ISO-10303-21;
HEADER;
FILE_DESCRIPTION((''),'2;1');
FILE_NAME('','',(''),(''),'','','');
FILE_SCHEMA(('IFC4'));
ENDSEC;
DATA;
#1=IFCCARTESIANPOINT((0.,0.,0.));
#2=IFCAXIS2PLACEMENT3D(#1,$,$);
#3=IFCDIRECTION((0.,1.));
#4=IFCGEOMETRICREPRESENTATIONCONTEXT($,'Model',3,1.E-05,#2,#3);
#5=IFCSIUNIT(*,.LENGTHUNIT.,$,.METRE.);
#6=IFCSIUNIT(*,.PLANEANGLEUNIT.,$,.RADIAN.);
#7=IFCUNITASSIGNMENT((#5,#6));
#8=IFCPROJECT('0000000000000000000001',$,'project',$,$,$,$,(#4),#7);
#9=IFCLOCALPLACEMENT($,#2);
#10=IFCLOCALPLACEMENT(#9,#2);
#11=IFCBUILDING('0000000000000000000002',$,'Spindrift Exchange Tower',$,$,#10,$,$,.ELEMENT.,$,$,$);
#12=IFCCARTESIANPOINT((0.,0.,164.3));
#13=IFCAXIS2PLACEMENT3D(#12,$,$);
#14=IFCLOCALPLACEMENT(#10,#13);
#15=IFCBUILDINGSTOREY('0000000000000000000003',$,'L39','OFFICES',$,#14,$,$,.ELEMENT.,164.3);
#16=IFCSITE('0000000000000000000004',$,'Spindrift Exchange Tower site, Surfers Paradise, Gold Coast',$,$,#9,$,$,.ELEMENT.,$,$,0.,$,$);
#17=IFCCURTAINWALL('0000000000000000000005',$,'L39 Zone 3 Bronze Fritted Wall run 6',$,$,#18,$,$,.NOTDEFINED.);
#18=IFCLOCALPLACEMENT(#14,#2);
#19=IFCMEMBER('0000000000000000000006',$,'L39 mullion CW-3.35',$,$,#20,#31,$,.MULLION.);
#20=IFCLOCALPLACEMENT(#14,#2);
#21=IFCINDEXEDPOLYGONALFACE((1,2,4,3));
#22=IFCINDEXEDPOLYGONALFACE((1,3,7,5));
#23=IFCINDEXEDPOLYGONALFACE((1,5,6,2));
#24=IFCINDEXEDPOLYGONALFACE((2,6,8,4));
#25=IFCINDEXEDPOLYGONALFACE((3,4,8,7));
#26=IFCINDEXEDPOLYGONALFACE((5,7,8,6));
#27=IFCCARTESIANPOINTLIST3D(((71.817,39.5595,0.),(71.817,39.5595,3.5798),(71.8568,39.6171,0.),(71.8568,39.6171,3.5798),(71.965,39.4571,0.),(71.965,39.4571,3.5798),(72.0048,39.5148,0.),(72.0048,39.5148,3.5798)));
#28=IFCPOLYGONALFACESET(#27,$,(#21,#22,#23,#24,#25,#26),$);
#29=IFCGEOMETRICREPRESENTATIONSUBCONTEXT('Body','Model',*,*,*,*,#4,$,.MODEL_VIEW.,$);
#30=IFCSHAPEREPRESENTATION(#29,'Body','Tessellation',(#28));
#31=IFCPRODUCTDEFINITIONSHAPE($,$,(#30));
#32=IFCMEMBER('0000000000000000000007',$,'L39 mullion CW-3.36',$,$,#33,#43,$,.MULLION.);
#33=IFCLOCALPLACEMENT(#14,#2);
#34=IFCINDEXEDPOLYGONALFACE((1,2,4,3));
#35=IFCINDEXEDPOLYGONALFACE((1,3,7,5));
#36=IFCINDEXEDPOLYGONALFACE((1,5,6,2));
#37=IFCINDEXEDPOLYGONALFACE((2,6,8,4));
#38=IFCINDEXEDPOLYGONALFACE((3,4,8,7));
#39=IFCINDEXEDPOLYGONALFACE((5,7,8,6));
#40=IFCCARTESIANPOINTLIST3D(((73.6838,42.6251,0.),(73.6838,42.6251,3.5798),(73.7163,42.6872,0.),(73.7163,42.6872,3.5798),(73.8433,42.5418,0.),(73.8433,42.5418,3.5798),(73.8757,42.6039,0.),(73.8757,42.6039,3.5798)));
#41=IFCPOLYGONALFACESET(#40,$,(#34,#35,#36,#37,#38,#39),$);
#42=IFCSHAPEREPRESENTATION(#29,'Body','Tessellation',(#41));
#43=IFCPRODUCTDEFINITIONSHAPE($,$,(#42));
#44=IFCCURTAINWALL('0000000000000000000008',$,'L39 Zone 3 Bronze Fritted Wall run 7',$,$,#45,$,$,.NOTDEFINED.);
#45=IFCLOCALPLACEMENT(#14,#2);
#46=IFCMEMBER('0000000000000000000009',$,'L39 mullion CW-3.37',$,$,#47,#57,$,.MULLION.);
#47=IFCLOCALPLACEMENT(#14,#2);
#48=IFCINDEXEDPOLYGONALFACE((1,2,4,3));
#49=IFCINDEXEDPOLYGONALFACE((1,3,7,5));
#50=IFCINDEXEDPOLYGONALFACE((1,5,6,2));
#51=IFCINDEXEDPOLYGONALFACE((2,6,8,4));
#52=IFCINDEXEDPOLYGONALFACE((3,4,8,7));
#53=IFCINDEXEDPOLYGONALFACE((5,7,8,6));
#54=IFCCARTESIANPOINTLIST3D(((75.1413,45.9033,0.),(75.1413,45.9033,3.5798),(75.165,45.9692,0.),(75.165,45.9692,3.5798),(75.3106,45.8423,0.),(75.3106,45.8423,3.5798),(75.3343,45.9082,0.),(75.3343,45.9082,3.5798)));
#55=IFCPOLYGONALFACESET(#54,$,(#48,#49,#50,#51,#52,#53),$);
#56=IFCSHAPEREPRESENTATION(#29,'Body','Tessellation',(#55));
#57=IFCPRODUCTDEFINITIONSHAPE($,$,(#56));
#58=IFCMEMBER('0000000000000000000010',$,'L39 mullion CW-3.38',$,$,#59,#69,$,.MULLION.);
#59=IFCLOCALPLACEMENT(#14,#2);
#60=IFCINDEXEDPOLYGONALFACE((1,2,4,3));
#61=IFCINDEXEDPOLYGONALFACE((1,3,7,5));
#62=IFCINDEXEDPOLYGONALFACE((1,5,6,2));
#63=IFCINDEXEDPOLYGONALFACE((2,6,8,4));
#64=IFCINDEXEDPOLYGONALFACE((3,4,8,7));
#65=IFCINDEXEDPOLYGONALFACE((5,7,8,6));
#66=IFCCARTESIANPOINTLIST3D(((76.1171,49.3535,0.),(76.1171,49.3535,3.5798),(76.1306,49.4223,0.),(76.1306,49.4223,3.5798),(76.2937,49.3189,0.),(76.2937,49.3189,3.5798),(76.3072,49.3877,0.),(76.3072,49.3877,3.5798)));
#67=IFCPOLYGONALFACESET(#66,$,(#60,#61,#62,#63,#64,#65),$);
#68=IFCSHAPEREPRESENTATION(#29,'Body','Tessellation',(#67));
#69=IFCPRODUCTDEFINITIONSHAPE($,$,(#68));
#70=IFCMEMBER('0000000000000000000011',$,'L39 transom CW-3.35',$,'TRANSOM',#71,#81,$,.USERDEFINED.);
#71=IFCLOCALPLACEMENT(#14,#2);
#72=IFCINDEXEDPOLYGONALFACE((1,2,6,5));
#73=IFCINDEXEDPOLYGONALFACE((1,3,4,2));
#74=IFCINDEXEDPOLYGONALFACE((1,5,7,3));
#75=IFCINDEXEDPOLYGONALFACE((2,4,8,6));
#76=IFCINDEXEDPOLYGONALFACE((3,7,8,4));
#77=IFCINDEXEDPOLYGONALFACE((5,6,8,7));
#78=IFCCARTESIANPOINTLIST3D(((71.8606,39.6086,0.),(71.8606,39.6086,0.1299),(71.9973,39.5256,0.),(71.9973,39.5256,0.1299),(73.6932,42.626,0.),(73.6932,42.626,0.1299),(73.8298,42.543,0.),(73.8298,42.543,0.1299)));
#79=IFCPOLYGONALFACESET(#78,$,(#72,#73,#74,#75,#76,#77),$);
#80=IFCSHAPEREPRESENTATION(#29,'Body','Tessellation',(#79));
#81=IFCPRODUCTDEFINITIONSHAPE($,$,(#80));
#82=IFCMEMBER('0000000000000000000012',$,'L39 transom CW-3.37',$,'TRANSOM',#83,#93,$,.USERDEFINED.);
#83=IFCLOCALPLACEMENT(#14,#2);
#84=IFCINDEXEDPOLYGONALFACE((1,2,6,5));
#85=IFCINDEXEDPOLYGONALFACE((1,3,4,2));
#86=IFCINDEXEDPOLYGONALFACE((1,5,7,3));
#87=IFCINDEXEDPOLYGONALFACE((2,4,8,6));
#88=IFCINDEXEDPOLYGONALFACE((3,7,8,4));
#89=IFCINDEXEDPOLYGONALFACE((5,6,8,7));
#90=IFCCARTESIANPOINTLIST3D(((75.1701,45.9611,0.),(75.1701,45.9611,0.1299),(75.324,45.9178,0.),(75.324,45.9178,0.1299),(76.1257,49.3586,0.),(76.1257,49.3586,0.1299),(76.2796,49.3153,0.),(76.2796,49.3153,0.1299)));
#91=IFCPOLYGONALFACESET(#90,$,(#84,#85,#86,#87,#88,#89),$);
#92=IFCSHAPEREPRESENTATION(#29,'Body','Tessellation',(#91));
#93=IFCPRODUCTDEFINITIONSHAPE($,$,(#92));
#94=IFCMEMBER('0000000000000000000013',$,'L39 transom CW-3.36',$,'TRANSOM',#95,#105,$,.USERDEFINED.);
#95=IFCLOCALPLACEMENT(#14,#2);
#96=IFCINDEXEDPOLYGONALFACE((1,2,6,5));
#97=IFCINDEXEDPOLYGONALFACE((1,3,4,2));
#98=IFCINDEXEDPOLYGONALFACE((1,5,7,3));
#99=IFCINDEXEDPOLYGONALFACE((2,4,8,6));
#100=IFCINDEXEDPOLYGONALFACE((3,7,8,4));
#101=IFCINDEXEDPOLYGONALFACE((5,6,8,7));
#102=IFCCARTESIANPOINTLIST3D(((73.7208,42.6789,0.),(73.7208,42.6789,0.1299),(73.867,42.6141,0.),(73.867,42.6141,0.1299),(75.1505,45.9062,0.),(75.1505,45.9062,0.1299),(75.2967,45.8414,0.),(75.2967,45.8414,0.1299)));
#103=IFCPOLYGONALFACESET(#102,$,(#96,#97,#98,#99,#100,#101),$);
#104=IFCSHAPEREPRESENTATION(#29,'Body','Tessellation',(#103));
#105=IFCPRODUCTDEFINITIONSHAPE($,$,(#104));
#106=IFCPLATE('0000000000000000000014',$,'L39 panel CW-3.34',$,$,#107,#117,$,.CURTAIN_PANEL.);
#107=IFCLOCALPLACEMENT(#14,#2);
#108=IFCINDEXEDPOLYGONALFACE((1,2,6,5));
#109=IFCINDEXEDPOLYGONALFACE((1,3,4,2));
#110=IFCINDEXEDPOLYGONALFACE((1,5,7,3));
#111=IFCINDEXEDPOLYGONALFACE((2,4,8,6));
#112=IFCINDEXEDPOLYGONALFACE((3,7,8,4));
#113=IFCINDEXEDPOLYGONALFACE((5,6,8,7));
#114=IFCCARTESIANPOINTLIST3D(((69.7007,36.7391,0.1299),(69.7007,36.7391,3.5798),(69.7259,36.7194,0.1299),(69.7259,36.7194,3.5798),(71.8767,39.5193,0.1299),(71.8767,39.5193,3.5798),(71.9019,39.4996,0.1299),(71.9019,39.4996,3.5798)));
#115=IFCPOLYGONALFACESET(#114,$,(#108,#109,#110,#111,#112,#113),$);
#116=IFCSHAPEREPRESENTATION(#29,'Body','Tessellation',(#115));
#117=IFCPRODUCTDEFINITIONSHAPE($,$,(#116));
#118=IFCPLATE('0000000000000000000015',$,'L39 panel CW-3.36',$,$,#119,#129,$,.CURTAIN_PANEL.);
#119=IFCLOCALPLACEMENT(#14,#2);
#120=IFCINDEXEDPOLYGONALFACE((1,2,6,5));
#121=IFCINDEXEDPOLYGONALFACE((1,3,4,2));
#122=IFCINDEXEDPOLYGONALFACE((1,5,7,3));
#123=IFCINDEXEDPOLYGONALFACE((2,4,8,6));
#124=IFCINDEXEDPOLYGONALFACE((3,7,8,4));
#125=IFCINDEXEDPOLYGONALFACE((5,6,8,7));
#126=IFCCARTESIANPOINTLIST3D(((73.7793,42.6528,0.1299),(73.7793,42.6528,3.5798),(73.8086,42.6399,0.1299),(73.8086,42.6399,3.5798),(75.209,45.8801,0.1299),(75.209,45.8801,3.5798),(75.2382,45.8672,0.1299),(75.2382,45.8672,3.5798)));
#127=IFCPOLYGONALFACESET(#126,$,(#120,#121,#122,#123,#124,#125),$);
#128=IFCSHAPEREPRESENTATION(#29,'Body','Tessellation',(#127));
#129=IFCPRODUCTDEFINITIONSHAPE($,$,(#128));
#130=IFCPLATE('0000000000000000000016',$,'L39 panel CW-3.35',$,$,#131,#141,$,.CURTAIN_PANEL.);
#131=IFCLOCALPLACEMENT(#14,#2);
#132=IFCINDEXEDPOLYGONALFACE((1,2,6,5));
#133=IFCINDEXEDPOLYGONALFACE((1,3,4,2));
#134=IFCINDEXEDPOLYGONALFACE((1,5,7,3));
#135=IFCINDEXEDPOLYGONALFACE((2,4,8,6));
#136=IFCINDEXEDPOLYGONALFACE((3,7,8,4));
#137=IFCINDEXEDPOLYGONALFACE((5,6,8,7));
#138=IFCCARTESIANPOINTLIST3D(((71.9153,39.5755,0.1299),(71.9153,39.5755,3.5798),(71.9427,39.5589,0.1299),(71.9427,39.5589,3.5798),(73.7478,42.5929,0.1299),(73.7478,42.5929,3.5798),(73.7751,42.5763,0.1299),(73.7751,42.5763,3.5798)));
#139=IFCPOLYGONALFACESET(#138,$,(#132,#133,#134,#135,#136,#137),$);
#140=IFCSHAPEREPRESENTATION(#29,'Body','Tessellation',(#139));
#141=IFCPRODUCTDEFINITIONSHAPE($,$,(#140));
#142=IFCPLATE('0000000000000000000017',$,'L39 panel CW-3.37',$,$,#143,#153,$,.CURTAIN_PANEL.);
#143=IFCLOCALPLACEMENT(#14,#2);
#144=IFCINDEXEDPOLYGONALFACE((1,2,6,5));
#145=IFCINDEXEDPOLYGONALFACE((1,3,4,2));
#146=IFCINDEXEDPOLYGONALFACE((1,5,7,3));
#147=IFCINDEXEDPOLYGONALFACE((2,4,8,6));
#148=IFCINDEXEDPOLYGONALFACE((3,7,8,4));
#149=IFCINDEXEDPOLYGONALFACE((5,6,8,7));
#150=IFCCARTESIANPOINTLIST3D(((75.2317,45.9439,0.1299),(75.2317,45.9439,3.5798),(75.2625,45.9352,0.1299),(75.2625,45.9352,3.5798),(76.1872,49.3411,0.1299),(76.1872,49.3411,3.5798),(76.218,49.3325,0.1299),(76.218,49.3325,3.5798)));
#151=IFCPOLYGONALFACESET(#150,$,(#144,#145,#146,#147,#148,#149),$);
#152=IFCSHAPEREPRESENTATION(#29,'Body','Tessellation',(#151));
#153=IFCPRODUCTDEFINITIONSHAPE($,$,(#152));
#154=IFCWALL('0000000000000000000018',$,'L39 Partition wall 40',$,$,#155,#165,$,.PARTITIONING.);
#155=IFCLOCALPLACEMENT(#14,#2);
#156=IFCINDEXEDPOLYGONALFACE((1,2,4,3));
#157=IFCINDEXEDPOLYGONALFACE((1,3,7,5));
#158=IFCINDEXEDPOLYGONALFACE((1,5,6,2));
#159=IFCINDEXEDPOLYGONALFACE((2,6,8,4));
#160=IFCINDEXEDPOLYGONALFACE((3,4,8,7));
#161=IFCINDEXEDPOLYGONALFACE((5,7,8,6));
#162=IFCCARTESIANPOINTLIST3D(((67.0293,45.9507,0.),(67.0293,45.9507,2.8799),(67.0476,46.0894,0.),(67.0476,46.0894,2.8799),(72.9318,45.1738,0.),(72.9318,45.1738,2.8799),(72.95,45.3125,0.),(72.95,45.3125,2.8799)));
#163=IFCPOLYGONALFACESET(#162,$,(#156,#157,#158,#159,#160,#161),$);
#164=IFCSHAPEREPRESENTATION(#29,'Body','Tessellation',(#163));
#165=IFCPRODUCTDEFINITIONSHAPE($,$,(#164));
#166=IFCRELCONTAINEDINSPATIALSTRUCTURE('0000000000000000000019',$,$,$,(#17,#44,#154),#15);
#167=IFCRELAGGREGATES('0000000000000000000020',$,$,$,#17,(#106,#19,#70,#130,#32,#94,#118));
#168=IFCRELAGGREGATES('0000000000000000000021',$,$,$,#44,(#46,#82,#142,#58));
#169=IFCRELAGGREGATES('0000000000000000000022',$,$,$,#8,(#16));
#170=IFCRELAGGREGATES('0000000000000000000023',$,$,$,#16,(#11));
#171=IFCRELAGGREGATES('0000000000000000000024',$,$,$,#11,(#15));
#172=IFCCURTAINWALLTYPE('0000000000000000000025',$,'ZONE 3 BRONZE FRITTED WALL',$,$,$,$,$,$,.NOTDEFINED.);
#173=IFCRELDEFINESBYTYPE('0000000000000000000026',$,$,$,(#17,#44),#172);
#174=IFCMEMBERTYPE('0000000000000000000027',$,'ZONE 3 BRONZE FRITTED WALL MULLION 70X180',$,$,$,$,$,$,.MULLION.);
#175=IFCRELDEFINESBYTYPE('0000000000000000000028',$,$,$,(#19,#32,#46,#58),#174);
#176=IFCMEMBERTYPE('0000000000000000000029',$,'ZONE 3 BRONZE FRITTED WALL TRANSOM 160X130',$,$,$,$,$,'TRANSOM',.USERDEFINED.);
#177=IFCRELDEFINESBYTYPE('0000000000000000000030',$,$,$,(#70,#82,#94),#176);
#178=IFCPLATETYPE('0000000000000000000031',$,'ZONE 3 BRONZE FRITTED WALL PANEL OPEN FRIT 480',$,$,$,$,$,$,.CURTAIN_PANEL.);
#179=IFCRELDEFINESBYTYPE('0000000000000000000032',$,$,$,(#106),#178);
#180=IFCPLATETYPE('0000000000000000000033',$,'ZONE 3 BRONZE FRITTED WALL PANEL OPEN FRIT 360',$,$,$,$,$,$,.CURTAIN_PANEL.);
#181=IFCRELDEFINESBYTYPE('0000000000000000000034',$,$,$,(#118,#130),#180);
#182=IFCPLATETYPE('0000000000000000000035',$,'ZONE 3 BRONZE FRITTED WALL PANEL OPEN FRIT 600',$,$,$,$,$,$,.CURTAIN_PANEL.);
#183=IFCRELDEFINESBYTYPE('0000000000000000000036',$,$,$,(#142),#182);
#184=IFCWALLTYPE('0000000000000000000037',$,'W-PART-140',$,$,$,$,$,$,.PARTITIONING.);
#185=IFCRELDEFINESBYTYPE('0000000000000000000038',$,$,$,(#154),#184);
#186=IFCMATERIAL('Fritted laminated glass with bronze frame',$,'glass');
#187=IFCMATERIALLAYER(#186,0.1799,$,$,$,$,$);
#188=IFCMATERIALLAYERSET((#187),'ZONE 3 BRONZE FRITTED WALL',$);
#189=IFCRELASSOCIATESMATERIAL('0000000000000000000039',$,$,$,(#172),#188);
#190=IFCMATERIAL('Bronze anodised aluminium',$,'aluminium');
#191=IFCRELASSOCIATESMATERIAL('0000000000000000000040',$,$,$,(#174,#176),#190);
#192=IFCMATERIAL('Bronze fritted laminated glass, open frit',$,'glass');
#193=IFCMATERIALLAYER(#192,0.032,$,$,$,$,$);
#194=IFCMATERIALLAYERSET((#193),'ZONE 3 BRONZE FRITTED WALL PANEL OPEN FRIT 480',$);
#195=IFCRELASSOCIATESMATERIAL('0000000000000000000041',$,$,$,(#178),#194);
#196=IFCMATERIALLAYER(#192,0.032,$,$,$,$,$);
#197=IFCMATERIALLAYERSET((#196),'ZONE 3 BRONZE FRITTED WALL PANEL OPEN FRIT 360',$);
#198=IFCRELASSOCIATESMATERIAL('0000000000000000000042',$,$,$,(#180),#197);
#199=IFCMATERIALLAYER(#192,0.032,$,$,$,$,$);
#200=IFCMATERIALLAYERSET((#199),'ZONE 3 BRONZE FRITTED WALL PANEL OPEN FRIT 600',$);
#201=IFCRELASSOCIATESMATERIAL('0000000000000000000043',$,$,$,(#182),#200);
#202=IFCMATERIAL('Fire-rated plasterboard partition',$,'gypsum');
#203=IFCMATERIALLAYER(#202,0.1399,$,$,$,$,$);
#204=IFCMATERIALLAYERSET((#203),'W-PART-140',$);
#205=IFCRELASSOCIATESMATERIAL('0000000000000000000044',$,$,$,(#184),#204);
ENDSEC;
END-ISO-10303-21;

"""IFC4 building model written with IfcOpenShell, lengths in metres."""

from ifc_helpers import new_model, si_unit, direction, frame, frame_2d, origin, origin_2d, place, context, subcontext, project, spatial, rectangle, extrude, source, transform, mapped, material, layer, layer_set, material_profile, profile_set, type_object, element, aggregate, save


model = new_model("IFC4")

# Units and contexts
model_context = context("Model", 3, precision=1e-05, world=origin(), true_north=direction((0.0, 1.0)))
body_context = subcontext(model_context, "Body", "Model", "MODEL_VIEW")
ifc_project = project(units=[si_unit("LENGTHUNIT", "METRE"), si_unit("PLANEANGLEUNIT", "RADIAN")], contexts=[model_context])

# Site, building, storey
site_placement = place(None, origin())
site = spatial("IfcSite", under=ifc_project, at=site_placement, Name="Spindrift Exchange Tower site, Surfers Paradise, Gold Coast", CompositionType="ELEMENT", RefElevation=0.0)
building_placement = place(site_placement, origin())
building = spatial("IfcBuilding", under=site, at=building_placement, Name="Spindrift Exchange Tower", CompositionType="ELEMENT")
storey_placement = place(building_placement, frame((0.0, 0.0, 164.3)))
storey = spatial("IfcBuildingStorey", under=building, at=storey_placement, Name="L39", Description="OFFICES", CompositionType="ELEMENT", Elevation=164.3)

# Curtain walls, members
ifc_material_1 = material(Name="Fritted laminated glass with bronze frame", Category="glass")
ifc_layer_1 = layer(ifc_material_1, 0.1799)
ifc_layer_set_1 = layer_set([ifc_layer_1], Name="ZONE 3 BRONZE FRITTED WALL")
curtain_wall_type = type_object("IfcCurtainWallType", Name="ZONE 3 BRONZE FRITTED WALL", PredefinedType="NOTDEFINED", material=ifc_layer_set_1)
curtain_wall_1_placement = place(storey_placement, origin())
curtain_wall_1 = element("IfcCurtainWall", 1, at=curtain_wall_1_placement, inside=storey, type_object=curtain_wall_type, Name="L39 Zone 3 Bronze Fritted Wall run 6", PredefinedType="NOTDEFINED")
ifc_material_2 = material(Name="Bronze anodised aluminium", Category="aluminium")
ifc_material_profile_1 = material_profile(ifc_material_2, rectangle(XDim=0.0701, YDim=0.1799, at=origin_2d()), Name="ZONE 3 BRONZE FRITTED WALL MULLION 70X180")
ifc_profile_set_1 = profile_set([ifc_material_profile_1], Name="Bronze anodised aluminium")
member_type_1 = type_object("IfcMemberType", Name="ZONE 3 BRONZE FRITTED WALL MULLION 70X180", PredefinedType="MULLION", material=ifc_profile_set_1)
shared_shape_1 = source(origin(), body_context, "Body", "SweptSolid", [
    extrude(rectangle(XDim=0.0701, YDim=0.1799, at=origin_2d()), origin(), (0.0, 0.0, 1.0), 3.5798),
])
member_1_placement = place(storey_placement, frame((71.9109, 39.5371, 0.0), z_axis=(0.0, 0.0, 1.0), x_axis=(0.568699, 0.822546, 0.0)))
member_1 = element("IfcMember", 2, at=member_1_placement, type_object=member_type_1, Name="L39 mullion CW-3.35", PredefinedType="MULLION", context=body_context, shape_type="MappedRepresentation", body=[
    mapped(shared_shape_1, transform((0.0, 0.0, 0.0), scale=1.0)),
])
member_2_placement = place(storey_placement, frame((73.7798, 42.6145, 0.0), z_axis=(0.0, 0.0, 1.0), x_axis=(0.463005, 0.886356, 0.0)))
member_2 = element("IfcMember", 3, at=member_2_placement, type_object=member_type_1, Name="L39 mullion CW-3.36", PredefinedType="MULLION", context=body_context, shape_type="MappedRepresentation", body=[
    mapped(shared_shape_1, transform((0.0, 0.0, 0.0), scale=1.0)),
])
curtain_wall_2_placement = place(storey_placement, origin())
curtain_wall_2 = element("IfcCurtainWall", 4, at=curtain_wall_2_placement, inside=storey, type_object=curtain_wall_type, Name="L39 Zone 3 Bronze Fritted Wall run 7", PredefinedType="NOTDEFINED")
member_3_placement = place(storey_placement, frame((75.2378, 45.9058, 0.0), z_axis=(0.0, 0.0, 1.0), x_axis=(0.338743, 0.940879, 0.0)))
member_3 = element("IfcMember", 5, at=member_3_placement, type_object=member_type_1, Name="L39 mullion CW-3.37", PredefinedType="MULLION", context=body_context, shape_type="MappedRepresentation", body=[
    mapped(shared_shape_1, transform((0.0, 0.0, 0.0), scale=1.0)),
])
member_4_placement = place(storey_placement, frame((76.2122, 49.3706, 0.0), z_axis=(0.0, 0.0, 1.0), x_axis=(0.192477, 0.981301, 0.0)))
member_4 = element("IfcMember", 6, at=member_4_placement, type_object=member_type_1, Name="L39 mullion CW-3.38", PredefinedType="MULLION", context=body_context, shape_type="MappedRepresentation", body=[
    mapped(shared_shape_1, transform((0.0, 0.0, 0.0), scale=1.0)),
])

# Members
ifc_material_profile_2 = material_profile(ifc_material_2, rectangle(XDim=0.1599, YDim=0.1299, at=origin_2d()), Name="ZONE 3 BRONZE FRITTED WALL TRANSOM 160X130")
ifc_profile_set_2 = profile_set([ifc_material_profile_2], Name="Bronze anodised aluminium")
member_type_2 = type_object("IfcMemberType", Name="ZONE 3 BRONZE FRITTED WALL TRANSOM 160X130", ElementType="TRANSOM", PredefinedType="USERDEFINED", material=ifc_profile_set_2)
shared_shape_2 = source(origin(), body_context, "Body", "SweptSolid", [
    extrude(rectangle(XDim=0.1599, YDim=0.1299, at=origin_2d()), origin(), (0.0, 0.0, 1.0), 3.5303),
])
member_5_placement = place(storey_placement, frame((71.929, 39.5671, 0.0649), z_axis=(0.519095, 0.854716, 0.0), x_axis=(-0.854716, 0.519095, 0.0)))
member_5 = element("IfcMember", 7, at=member_5_placement, type_object=member_type_2, Name="L39 transom CW-3.35", ObjectType="TRANSOM", PredefinedType="USERDEFINED", context=body_context, shape_type="MappedRepresentation", body=[
    mapped(shared_shape_2, transform((0.0, 0.0, 0.0), scale=1.0)),
])
shared_shape_3 = source(origin(), body_context, "Body", "SweptSolid", [
    extrude(rectangle(XDim=0.1599, YDim=0.1299, at=origin_2d()), origin(), (0.0, 0.0, 1.0), 3.5293),
])
member_6_placement = place(storey_placement, frame((75.2471, 45.9395, 0.0649), z_axis=(0.270754, 0.962649, 0.0), x_axis=(-0.962649, 0.270754, 0.0)))
member_6 = element("IfcMember", 8, at=member_6_placement, type_object=member_type_2, Name="L39 transom CW-3.37", ObjectType="TRANSOM", PredefinedType="USERDEFINED", context=body_context, shape_type="MappedRepresentation", body=[
    mapped(shared_shape_3, transform((0.0, 0.0, 0.0), scale=1.0)),
])
shared_shape_4 = source(origin(), body_context, "Body", "SweptSolid", [
    extrude(rectangle(XDim=0.1599, YDim=0.1299, at=origin_2d()), origin(), (0.0, 0.0, 1.0), 3.5298),
])
member_7_placement = place(storey_placement, frame((73.7939, 42.6465, 0.0649), z_axis=(0.405034, 0.914301, 0.0), x_axis=(-0.914301, 0.405034, 0.0)))
member_7 = element("IfcMember", 9, at=member_7_placement, type_object=member_type_2, Name="L39 transom CW-3.36", ObjectType="TRANSOM", PredefinedType="USERDEFINED", context=body_context, shape_type="MappedRepresentation", body=[
    mapped(shared_shape_4, transform((0.0, 0.0, 0.0), scale=1.0)),
])

# Plates
ifc_material_3 = material(Name="Bronze fritted laminated glass, open frit", Category="glass")
ifc_layer_2 = layer(ifc_material_3, 0.032)
ifc_layer_set_2 = layer_set([ifc_layer_2], Name="ZONE 3 BRONZE FRITTED WALL PANEL OPEN FRIT 480")
plate_type_1 = type_object("IfcPlateType", Name="ZONE 3 BRONZE FRITTED WALL PANEL OPEN FRIT 480", PredefinedType="CURTAIN_PANEL", material=ifc_layer_set_2)
shared_shape_5 = source(origin(), body_context, "Body", "SweptSolid", [
    extrude(rectangle(XDim=3.5305, YDim=0.032, at=origin_2d()), origin(), (0.0, 0.0, 1.0), 3.45),
])
plate_1_placement = place(storey_placement, frame((70.8013, 38.1194, 0.1299), z_axis=(0.0, 0.0, 1.0), x_axis=(0.616341, 0.78748, 0.0)))
plate_1 = element("IfcPlate", 10, at=plate_1_placement, type_object=plate_type_1, Name="L39 panel CW-3.34", PredefinedType="CURTAIN_PANEL", context=body_context, shape_type="MappedRepresentation", body=[
    mapped(shared_shape_5, transform((0.0, 0.0, 0.0), scale=1.0)),
])
ifc_layer_3 = layer(ifc_material_3, 0.032)
ifc_layer_set_3 = layer_set([ifc_layer_3], Name="ZONE 3 BRONZE FRITTED WALL PANEL OPEN FRIT 360")
plate_type_2 = type_object("IfcPlateType", Name="ZONE 3 BRONZE FRITTED WALL PANEL OPEN FRIT 360", PredefinedType="CURTAIN_PANEL", material=ifc_layer_set_3)
shared_shape_6 = source(origin(), body_context, "Body", "SweptSolid", [
    extrude(rectangle(XDim=3.5298, YDim=0.032, at=origin_2d()), origin(), (0.0, 0.0, 1.0), 3.45),
])
plate_2_placement = place(storey_placement, frame((74.5088, 44.26, 0.1299), z_axis=(0.0, 0.0, 1.0), x_axis=(0.405025, 0.914306, 0.0)))
plate_2 = element("IfcPlate", 11, at=plate_2_placement, type_object=plate_type_2, Name="L39 panel CW-3.36", PredefinedType="CURTAIN_PANEL", context=body_context, shape_type="MappedRepresentation", body=[
    mapped(shared_shape_6, transform((0.0, 0.0, 0.0), scale=1.0)),
])
shared_shape_7 = source(origin(), body_context, "Body", "SweptSolid", [
    extrude(rectangle(XDim=3.5303, YDim=0.032, at=origin_2d()), origin(), (0.0, 0.0, 1.0), 3.45),
])
plate_3_placement = place(storey_placement, frame((72.8452, 41.0759, 0.1299), z_axis=(0.0, 0.0, 1.0), x_axis=(0.519067, 0.854733, 0.0)))
plate_3 = element("IfcPlate", 12, at=plate_3_placement, type_object=plate_type_2, Name="L39 panel CW-3.35", PredefinedType="CURTAIN_PANEL", context=body_context, shape_type="MappedRepresentation", body=[
    mapped(shared_shape_7, transform((0.0, 0.0, 0.0), scale=1.0)),
])
aggregate(curtain_wall_1, [plate_1, member_1, member_5, plate_3, member_2, member_7, plate_2])
ifc_layer_4 = layer(ifc_material_3, 0.032)
ifc_layer_set_4 = layer_set([ifc_layer_4], Name="ZONE 3 BRONZE FRITTED WALL PANEL OPEN FRIT 600")
plate_type_3 = type_object("IfcPlateType", Name="ZONE 3 BRONZE FRITTED WALL PANEL OPEN FRIT 600", PredefinedType="CURTAIN_PANEL", material=ifc_layer_set_4)
shared_shape_8 = source(origin(), body_context, "Body", "SweptSolid", [
    extrude(rectangle(XDim=3.5291, YDim=0.032, at=origin_2d()), origin(), (0.0, 0.0, 1.0), 3.45),
])
plate_4_placement = place(storey_placement, frame((75.7249, 47.6382, 0.1299), z_axis=(0.0, 0.0, 1.0), x_axis=(0.270733, 0.962654, 0.0)))
plate_4 = element("IfcPlate", 13, at=plate_4_placement, type_object=plate_type_3, Name="L39 panel CW-3.37", PredefinedType="CURTAIN_PANEL", context=body_context, shape_type="MappedRepresentation", body=[
    mapped(shared_shape_8, transform((0.0, 0.0, 0.0), scale=1.0)),
])
aggregate(curtain_wall_2, [member_3, member_6, plate_4, member_4])

# Wall
ifc_material_4 = material(Name="Fire-rated plasterboard partition", Category="gypsum")
ifc_layer_5 = layer(ifc_material_4, 0.1399)
ifc_layer_set_5 = layer_set([ifc_layer_5], Name="W-PART-140")
wall_type = type_object("IfcWallType", Name="W-PART-140", PredefinedType="PARTITIONING", material=ifc_layer_set_5)
wall_1_placement = place(storey_placement, frame((67.0386, 46.02, 0.0), z_axis=(0.0, 0.0, 1.0), x_axis=(0.991449, -0.130493, 0.0)))
element("IfcWall", 14, at=wall_1_placement, inside=storey, type_object=wall_type, Name="L39 Partition wall 40", PredefinedType="PARTITIONING", context=body_context, shape_type="SweptSolid", body=[
    extrude(rectangle(XDim=5.9534, YDim=0.1399, at=frame_2d((2.9766, 0.0))), origin(), (0.0, 0.0, 1.0), 2.8799),
])

save(model, "model.ifc")
